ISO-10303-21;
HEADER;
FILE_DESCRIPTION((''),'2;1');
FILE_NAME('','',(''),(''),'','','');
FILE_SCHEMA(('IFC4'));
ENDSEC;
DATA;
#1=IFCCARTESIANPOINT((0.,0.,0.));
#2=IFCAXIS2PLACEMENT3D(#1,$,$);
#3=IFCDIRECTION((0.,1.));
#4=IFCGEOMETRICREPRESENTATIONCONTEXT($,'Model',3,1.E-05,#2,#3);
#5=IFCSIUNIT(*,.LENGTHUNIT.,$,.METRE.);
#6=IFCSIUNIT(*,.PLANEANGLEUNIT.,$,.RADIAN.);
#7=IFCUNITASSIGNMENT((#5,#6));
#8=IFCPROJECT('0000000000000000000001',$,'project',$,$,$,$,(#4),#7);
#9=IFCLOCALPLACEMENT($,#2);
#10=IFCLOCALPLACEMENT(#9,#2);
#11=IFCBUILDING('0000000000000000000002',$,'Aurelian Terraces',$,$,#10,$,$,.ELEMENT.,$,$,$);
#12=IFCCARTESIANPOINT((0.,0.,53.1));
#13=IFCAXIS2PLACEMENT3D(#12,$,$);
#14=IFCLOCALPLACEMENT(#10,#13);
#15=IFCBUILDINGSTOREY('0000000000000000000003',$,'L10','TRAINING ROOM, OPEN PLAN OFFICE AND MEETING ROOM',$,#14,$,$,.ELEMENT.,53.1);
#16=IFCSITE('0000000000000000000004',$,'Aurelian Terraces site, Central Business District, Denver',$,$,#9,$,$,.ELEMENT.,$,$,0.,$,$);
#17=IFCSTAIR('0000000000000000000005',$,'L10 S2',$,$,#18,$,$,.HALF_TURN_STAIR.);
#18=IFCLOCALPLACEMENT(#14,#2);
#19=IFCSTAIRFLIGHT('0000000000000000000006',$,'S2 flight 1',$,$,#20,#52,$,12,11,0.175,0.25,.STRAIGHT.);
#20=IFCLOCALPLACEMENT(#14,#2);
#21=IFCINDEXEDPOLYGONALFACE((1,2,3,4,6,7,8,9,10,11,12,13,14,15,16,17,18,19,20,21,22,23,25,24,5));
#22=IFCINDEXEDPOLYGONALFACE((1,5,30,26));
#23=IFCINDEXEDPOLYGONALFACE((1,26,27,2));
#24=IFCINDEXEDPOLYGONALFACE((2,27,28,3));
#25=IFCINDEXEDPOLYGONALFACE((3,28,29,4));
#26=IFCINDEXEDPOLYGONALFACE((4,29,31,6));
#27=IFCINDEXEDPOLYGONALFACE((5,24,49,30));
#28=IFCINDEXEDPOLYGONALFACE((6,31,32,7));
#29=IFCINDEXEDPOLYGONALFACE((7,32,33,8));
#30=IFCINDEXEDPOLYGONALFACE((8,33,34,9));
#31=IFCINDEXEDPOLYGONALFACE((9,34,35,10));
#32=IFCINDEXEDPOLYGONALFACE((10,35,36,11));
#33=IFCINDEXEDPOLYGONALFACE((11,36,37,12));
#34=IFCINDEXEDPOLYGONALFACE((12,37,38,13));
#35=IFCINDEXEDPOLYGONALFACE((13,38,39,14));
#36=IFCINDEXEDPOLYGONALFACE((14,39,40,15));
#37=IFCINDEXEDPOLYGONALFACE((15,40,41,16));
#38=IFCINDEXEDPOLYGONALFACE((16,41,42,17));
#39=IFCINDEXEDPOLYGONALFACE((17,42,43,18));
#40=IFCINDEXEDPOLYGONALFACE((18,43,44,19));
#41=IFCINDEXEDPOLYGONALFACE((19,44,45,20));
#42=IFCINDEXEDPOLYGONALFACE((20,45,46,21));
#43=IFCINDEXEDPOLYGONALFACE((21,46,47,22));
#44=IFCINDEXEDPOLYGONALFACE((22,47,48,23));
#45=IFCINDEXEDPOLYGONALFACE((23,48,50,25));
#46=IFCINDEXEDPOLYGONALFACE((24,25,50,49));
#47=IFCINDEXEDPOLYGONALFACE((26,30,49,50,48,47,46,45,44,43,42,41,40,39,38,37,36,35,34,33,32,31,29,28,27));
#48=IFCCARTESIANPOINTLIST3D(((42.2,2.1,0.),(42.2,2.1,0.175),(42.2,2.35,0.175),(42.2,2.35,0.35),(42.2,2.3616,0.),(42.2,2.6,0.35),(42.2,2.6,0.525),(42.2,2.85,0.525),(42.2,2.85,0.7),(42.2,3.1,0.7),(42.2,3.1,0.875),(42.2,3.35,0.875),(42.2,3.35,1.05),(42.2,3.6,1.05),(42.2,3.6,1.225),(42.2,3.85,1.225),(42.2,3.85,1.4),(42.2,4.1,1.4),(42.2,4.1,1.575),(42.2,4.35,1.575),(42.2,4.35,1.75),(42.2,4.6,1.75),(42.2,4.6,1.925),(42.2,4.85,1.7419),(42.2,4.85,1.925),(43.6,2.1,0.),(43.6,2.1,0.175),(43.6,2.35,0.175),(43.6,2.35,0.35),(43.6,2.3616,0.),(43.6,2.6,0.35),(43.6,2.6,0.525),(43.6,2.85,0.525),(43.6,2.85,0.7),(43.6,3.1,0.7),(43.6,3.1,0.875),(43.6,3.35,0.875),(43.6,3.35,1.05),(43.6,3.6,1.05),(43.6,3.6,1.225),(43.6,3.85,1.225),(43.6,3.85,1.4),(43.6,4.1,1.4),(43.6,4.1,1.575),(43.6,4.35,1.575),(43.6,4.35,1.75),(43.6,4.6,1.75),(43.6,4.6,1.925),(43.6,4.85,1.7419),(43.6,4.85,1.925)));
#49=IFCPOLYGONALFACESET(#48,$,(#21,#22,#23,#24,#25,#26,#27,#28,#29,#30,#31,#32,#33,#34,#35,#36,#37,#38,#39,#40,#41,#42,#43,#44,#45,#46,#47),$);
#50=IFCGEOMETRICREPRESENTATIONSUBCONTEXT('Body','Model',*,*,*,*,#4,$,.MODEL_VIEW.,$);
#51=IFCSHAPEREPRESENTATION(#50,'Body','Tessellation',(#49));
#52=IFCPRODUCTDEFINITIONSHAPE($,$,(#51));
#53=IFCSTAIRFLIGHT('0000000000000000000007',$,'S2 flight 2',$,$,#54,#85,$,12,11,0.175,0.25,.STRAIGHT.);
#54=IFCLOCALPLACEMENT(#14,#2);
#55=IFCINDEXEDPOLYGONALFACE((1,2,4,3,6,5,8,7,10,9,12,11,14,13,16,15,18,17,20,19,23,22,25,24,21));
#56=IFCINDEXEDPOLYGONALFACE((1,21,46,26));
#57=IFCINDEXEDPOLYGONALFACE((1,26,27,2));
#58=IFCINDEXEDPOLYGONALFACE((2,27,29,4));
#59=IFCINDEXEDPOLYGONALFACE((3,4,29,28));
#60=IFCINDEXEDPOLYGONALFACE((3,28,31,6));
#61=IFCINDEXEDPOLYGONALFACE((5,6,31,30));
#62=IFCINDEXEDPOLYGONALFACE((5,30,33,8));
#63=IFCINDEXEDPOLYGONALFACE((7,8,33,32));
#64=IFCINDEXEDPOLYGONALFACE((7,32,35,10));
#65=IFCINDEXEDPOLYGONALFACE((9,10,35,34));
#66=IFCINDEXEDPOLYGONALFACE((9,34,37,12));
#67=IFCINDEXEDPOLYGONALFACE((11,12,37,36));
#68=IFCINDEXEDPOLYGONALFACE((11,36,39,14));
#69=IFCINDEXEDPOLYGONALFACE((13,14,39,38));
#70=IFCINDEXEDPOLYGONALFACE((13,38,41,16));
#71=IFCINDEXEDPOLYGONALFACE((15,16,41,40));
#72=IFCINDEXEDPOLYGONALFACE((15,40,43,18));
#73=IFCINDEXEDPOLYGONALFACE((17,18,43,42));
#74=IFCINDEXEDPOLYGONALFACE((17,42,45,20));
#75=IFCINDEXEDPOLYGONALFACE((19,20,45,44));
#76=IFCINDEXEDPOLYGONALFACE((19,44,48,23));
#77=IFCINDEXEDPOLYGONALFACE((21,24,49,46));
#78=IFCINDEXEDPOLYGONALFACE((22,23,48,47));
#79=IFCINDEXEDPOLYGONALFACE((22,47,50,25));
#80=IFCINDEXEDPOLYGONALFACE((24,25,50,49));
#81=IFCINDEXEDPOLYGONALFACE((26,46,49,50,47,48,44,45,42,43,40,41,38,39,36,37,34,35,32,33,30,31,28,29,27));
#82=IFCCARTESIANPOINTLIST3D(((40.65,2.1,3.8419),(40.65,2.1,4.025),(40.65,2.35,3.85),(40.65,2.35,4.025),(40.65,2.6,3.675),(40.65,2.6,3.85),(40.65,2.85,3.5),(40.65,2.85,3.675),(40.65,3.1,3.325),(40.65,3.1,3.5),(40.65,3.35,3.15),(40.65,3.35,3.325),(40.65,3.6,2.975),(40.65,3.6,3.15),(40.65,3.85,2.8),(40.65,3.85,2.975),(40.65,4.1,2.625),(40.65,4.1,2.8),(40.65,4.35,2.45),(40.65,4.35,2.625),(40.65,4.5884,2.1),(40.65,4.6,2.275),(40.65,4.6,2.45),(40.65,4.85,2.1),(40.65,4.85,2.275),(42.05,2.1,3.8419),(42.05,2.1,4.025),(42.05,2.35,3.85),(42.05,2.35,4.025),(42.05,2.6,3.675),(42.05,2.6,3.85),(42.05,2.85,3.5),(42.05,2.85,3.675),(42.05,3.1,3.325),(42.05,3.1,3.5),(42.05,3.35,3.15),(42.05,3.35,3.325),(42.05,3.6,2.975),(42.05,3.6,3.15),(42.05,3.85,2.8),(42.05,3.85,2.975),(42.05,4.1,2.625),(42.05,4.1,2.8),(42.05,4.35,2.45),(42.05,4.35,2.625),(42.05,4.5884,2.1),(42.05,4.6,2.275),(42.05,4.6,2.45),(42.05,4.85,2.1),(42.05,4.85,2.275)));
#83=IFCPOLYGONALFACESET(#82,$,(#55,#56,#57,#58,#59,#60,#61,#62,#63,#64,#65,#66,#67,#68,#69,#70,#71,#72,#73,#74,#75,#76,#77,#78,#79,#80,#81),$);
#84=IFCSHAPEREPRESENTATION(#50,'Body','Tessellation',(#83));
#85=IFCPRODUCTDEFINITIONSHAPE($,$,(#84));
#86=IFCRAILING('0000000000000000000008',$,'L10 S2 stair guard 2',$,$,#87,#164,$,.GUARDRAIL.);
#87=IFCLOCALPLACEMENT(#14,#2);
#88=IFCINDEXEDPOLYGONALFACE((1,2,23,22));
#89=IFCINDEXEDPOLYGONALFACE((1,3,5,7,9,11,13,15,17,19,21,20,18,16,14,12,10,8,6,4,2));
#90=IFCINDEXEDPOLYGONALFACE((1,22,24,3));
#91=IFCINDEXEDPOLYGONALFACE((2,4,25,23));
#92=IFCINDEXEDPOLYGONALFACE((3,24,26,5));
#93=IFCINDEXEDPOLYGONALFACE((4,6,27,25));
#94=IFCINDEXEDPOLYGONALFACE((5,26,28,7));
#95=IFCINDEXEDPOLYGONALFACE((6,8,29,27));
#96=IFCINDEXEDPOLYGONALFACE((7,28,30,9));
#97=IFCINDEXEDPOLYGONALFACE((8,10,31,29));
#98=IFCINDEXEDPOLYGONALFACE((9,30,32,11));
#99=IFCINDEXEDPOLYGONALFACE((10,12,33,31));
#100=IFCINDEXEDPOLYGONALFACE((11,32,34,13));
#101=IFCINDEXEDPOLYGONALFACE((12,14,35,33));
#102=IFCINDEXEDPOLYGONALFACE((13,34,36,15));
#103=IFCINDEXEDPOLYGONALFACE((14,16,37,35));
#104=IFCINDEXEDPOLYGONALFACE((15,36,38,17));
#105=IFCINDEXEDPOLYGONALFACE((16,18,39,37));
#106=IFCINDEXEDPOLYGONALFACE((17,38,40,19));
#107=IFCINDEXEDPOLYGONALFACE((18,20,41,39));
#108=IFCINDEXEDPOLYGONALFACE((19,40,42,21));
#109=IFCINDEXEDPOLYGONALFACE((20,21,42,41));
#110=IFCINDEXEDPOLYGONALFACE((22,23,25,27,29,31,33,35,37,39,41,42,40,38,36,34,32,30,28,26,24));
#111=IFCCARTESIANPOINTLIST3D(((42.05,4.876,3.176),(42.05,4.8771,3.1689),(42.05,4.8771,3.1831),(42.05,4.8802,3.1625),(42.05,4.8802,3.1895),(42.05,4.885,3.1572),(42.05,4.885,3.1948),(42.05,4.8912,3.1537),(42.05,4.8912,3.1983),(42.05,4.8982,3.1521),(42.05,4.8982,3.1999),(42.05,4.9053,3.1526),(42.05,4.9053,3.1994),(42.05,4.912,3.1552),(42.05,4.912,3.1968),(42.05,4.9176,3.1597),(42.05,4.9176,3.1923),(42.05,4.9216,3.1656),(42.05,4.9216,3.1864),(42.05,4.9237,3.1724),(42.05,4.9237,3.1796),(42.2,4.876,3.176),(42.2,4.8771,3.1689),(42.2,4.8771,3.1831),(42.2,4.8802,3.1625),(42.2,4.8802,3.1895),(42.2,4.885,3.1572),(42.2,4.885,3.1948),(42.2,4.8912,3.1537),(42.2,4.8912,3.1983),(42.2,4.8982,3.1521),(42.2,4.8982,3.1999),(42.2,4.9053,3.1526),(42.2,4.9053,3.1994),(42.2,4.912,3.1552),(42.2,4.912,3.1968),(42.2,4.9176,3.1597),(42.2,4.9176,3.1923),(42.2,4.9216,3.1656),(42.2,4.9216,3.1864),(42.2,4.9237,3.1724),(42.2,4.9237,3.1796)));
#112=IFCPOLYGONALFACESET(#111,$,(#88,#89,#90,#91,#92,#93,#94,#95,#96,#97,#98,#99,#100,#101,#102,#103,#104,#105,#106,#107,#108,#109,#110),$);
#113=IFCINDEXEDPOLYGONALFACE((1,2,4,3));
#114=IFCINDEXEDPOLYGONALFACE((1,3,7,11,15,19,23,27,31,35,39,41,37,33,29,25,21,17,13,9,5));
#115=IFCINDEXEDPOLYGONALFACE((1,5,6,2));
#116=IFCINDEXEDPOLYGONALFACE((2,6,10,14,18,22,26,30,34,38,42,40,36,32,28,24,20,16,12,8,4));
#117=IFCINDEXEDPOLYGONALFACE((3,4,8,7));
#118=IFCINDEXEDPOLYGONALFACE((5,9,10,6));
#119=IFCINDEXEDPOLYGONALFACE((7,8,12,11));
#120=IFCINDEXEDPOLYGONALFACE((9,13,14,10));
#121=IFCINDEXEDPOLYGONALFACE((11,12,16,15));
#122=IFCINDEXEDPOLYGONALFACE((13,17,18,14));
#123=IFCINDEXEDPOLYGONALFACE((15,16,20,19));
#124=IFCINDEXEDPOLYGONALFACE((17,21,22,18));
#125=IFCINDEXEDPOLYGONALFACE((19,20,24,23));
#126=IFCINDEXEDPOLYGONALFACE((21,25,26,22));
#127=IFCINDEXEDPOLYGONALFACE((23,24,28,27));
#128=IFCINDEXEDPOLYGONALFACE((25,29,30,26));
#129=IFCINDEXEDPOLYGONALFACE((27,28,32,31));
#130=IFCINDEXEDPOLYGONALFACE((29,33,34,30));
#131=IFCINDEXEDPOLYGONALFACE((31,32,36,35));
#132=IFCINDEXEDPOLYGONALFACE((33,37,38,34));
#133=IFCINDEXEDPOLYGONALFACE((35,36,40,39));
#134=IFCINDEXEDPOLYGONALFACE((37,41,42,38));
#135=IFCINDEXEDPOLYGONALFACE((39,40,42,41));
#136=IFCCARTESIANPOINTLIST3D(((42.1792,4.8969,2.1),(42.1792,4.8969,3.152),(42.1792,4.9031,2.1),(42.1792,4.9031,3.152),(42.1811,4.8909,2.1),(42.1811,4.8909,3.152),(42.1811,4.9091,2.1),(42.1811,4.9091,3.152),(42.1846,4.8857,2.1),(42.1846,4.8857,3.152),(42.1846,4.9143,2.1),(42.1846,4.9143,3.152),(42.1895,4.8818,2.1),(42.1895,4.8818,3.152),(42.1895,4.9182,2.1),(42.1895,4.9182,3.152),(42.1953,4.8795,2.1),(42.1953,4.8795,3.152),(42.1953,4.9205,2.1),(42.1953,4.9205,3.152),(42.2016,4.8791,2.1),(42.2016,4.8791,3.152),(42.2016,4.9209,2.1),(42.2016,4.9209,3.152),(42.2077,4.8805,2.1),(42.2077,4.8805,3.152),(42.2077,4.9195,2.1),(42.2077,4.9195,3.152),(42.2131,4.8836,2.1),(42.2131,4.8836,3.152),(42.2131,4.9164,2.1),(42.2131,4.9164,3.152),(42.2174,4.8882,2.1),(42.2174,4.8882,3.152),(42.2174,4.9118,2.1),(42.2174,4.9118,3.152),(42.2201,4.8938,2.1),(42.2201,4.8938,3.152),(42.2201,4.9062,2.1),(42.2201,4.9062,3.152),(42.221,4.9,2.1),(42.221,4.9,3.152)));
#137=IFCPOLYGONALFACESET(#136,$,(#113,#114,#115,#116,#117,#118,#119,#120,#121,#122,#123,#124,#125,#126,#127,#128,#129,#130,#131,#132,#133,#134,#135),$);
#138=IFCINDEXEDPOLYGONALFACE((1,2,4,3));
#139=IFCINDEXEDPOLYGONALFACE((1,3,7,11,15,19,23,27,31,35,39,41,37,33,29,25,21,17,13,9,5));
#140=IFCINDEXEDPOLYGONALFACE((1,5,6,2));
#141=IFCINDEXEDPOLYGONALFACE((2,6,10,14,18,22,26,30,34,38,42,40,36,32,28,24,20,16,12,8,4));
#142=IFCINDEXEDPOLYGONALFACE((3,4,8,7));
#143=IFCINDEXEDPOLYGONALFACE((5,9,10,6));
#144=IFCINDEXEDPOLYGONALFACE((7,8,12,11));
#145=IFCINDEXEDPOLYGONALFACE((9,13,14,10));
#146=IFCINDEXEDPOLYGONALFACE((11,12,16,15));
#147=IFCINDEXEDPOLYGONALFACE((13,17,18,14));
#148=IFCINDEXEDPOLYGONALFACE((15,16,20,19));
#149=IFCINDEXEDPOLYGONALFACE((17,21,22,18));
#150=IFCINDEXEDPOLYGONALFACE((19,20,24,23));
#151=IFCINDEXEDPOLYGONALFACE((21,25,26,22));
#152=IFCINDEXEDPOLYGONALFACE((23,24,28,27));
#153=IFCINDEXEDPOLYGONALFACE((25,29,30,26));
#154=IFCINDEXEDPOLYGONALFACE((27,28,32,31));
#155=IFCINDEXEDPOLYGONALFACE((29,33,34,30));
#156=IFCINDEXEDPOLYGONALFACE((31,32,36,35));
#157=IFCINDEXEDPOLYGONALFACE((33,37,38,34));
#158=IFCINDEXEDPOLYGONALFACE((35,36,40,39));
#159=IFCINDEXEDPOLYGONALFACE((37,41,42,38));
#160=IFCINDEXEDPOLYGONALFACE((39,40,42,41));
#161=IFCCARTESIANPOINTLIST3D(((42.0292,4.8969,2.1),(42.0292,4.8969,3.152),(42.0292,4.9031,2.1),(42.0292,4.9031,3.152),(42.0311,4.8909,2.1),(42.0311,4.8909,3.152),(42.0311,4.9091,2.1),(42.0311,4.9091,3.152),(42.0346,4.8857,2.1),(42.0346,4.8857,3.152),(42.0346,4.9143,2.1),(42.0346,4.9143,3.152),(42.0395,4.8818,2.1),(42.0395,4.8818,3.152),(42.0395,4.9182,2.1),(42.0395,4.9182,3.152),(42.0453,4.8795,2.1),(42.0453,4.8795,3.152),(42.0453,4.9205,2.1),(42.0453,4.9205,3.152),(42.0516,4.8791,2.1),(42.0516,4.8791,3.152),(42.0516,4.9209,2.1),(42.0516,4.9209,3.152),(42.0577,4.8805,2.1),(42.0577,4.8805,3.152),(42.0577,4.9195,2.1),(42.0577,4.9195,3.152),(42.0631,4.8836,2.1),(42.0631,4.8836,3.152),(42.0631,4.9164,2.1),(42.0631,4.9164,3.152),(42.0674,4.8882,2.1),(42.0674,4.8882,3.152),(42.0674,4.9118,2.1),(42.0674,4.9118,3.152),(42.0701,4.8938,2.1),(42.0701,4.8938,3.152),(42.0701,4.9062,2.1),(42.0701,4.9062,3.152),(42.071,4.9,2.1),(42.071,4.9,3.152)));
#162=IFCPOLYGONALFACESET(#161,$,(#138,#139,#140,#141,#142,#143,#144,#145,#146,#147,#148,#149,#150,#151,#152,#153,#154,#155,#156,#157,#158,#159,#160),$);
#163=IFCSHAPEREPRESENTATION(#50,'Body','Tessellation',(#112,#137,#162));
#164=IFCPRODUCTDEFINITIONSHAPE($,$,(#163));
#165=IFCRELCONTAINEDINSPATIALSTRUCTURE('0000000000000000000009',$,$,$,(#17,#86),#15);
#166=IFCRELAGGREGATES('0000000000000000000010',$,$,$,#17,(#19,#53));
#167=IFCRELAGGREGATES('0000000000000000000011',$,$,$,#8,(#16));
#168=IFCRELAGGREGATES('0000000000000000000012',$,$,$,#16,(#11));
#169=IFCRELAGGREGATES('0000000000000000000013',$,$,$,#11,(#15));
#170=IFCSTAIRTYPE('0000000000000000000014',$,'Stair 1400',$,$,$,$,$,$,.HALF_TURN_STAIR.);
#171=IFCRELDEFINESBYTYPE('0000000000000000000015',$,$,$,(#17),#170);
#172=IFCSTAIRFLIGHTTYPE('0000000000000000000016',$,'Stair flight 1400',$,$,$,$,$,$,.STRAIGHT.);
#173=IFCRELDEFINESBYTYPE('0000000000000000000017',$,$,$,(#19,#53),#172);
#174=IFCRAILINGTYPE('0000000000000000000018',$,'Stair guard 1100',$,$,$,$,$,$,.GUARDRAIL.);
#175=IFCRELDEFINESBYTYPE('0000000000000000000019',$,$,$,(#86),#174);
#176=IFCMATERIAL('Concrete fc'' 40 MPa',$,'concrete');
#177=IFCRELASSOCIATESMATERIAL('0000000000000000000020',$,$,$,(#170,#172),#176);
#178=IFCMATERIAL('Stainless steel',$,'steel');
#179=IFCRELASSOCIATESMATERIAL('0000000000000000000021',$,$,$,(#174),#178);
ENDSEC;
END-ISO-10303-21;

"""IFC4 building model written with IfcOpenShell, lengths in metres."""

from ifc_helpers import new_model, si_unit, direction, frame, origin, origin_2d, place, context, subcontext, project, spatial, polyline, circle, outline, extrude, source, transform, mapped, material, type_object, element, aggregate, save


model = new_model("IFC4")

# Units and contexts
model_context = context("Model", 3, precision=1e-05, world=origin(), true_north=direction((0.0, 1.0)))
body_context = subcontext(model_context, "Body", "Model", "MODEL_VIEW")
ifc_project = project(units=[si_unit("LENGTHUNIT", "METRE"), si_unit("PLANEANGLEUNIT", "RADIAN")], contexts=[model_context])

# Site, building, storey
site_placement = place(None, origin())
site = spatial("IfcSite", under=ifc_project, at=site_placement, Name="Aurelian Terraces site, Central Business District, Denver", CompositionType="ELEMENT", RefElevation=0.0)
building_placement = place(site_placement, origin())
building = spatial("IfcBuilding", under=site, at=building_placement, Name="Aurelian Terraces", CompositionType="ELEMENT")
storey_placement = place(building_placement, frame((0.0, 0.0, 53.1)))
storey = spatial("IfcBuildingStorey", under=building, at=storey_placement, Name="L10", Description="TRAINING ROOM, OPEN PLAN OFFICE AND MEETING ROOM", CompositionType="ELEMENT", Elevation=53.1)

# Shared definitions
ifc_material_1 = material(Name="Concrete fc' 40 MPa", Category="concrete")

# Stair, stair flights
stair_type = type_object("IfcStairType", Name="Stair 1400", PredefinedType="HALF_TURN_STAIR", material=ifc_material_1)
stair_placement = place(storey_placement, origin())
stair = element("IfcStair", 1, at=stair_placement, inside=storey, type_object=stair_type, Name="L10 S2", PredefinedType="HALF_TURN_STAIR")
stair_flight_type = type_object("IfcStairFlightType", Name="Stair flight 1400", PredefinedType="STRAIGHT", material=ifc_material_1)
shared_shape_1 = source(origin(), body_context, "Body", "SweptSolid", [
    extrude(outline(polyline([(0.0, 0.0), (0.0, 0.175), (0.25, 0.175), (0.25, 0.35), (0.5, 0.35), (0.5, 0.525), (0.75, 0.525), (0.75, 0.7), (1.0, 0.7), (1.0, 0.875), (1.25, 0.875), (1.25, 1.05), (1.5, 1.05), (1.5, 1.225), (1.75, 1.225), (1.75, 1.4), (2.0, 1.4), (2.0, 1.575), (2.25, 1.575), (2.25, 1.75), (2.5, 1.75), (2.5, 1.925), (2.75, 1.925), (2.75, 2.1), (2.75, 1.7419), (0.2616, 0.0), (0.0, 0.0)])), frame((0.0, 0.7, 0.0), z_axis=(0.0, -1.0, 0.0), x_axis=(1.0, 0.0, 0.0)), (0.0, 0.0, 1.0), 1.4),
])
stair_flight_1_placement = place(storey_placement, frame((42.9, 2.1, 0.0), z_axis=(0.0, 0.0, 1.0), x_axis=(0.0, 1.0, 0.0)))
stair_flight_1 = element("IfcStairFlight", 2, at=stair_flight_1_placement, type_object=stair_flight_type, Name="S2 flight 1", NumberOfRisers=12, NumberOfTreads=11, PredefinedType="STRAIGHT", RiserHeight=0.175, TreadLength=0.25, context=body_context, shape_type="MappedRepresentation", body=[
    mapped(shared_shape_1, transform((0.0, 0.0, 0.0), scale=1.0)),
])
stair_flight_2_placement = place(storey_placement, frame((41.35, 4.85, 2.1), z_axis=(0.0, 0.0, 1.0), x_axis=(0.0, -1.0, 0.0)))
stair_flight_2 = element("IfcStairFlight", 3, at=stair_flight_2_placement, type_object=stair_flight_type, Name="S2 flight 2", NumberOfRisers=12, NumberOfTreads=11, PredefinedType="STRAIGHT", RiserHeight=0.175, TreadLength=0.25, context=body_context, shape_type="MappedRepresentation", body=[
    mapped(shared_shape_1, transform((0.0, 0.0, 0.0), scale=1.0)),
])
aggregate(stair, [stair_flight_1, stair_flight_2])

# Railing
ifc_material_2 = material(Name="Stainless steel", Category="steel")
railing_type_1 = type_object("IfcRailingType", Name="Stair guard 1100", PredefinedType="GUARDRAIL", material=ifc_material_2)
shared_shape_2 = source(origin(), body_context, "Body", "SweptSolid", [
    extrude(circle(Radius=0.024, at=origin_2d()), frame((0.0, 0.0, 1.076), z_axis=(-1.0, 0.0, 0.0), x_axis=(0.0, -1.0, 0.0)), (0.0, 0.0, 1.0), 0.15),
    extrude(circle(Radius=0.021, at=origin_2d()), origin(), (0.0, 0.0, 1.0), 1.052),
    extrude(circle(Radius=0.021, at=origin_2d()), frame((-0.15, 0.0, 0.0)), (0.0, 0.0, 1.0), 1.052),
])
for number, where, name in (
    (4, (42.2, 4.9, 2.1), "L10 S2 stair guard 2"),
):
    element("IfcRailing", number, at=place(storey_placement, frame(where)), inside=storey, type_object=railing_type_1, Name=name, PredefinedType="GUARDRAIL", context=body_context, shape_type="MappedRepresentation", body=[
        mapped(shared_shape_2, transform((0.0, 0.0, 0.0), scale=1.0)),
    ])

save(model, "model.ifc")
